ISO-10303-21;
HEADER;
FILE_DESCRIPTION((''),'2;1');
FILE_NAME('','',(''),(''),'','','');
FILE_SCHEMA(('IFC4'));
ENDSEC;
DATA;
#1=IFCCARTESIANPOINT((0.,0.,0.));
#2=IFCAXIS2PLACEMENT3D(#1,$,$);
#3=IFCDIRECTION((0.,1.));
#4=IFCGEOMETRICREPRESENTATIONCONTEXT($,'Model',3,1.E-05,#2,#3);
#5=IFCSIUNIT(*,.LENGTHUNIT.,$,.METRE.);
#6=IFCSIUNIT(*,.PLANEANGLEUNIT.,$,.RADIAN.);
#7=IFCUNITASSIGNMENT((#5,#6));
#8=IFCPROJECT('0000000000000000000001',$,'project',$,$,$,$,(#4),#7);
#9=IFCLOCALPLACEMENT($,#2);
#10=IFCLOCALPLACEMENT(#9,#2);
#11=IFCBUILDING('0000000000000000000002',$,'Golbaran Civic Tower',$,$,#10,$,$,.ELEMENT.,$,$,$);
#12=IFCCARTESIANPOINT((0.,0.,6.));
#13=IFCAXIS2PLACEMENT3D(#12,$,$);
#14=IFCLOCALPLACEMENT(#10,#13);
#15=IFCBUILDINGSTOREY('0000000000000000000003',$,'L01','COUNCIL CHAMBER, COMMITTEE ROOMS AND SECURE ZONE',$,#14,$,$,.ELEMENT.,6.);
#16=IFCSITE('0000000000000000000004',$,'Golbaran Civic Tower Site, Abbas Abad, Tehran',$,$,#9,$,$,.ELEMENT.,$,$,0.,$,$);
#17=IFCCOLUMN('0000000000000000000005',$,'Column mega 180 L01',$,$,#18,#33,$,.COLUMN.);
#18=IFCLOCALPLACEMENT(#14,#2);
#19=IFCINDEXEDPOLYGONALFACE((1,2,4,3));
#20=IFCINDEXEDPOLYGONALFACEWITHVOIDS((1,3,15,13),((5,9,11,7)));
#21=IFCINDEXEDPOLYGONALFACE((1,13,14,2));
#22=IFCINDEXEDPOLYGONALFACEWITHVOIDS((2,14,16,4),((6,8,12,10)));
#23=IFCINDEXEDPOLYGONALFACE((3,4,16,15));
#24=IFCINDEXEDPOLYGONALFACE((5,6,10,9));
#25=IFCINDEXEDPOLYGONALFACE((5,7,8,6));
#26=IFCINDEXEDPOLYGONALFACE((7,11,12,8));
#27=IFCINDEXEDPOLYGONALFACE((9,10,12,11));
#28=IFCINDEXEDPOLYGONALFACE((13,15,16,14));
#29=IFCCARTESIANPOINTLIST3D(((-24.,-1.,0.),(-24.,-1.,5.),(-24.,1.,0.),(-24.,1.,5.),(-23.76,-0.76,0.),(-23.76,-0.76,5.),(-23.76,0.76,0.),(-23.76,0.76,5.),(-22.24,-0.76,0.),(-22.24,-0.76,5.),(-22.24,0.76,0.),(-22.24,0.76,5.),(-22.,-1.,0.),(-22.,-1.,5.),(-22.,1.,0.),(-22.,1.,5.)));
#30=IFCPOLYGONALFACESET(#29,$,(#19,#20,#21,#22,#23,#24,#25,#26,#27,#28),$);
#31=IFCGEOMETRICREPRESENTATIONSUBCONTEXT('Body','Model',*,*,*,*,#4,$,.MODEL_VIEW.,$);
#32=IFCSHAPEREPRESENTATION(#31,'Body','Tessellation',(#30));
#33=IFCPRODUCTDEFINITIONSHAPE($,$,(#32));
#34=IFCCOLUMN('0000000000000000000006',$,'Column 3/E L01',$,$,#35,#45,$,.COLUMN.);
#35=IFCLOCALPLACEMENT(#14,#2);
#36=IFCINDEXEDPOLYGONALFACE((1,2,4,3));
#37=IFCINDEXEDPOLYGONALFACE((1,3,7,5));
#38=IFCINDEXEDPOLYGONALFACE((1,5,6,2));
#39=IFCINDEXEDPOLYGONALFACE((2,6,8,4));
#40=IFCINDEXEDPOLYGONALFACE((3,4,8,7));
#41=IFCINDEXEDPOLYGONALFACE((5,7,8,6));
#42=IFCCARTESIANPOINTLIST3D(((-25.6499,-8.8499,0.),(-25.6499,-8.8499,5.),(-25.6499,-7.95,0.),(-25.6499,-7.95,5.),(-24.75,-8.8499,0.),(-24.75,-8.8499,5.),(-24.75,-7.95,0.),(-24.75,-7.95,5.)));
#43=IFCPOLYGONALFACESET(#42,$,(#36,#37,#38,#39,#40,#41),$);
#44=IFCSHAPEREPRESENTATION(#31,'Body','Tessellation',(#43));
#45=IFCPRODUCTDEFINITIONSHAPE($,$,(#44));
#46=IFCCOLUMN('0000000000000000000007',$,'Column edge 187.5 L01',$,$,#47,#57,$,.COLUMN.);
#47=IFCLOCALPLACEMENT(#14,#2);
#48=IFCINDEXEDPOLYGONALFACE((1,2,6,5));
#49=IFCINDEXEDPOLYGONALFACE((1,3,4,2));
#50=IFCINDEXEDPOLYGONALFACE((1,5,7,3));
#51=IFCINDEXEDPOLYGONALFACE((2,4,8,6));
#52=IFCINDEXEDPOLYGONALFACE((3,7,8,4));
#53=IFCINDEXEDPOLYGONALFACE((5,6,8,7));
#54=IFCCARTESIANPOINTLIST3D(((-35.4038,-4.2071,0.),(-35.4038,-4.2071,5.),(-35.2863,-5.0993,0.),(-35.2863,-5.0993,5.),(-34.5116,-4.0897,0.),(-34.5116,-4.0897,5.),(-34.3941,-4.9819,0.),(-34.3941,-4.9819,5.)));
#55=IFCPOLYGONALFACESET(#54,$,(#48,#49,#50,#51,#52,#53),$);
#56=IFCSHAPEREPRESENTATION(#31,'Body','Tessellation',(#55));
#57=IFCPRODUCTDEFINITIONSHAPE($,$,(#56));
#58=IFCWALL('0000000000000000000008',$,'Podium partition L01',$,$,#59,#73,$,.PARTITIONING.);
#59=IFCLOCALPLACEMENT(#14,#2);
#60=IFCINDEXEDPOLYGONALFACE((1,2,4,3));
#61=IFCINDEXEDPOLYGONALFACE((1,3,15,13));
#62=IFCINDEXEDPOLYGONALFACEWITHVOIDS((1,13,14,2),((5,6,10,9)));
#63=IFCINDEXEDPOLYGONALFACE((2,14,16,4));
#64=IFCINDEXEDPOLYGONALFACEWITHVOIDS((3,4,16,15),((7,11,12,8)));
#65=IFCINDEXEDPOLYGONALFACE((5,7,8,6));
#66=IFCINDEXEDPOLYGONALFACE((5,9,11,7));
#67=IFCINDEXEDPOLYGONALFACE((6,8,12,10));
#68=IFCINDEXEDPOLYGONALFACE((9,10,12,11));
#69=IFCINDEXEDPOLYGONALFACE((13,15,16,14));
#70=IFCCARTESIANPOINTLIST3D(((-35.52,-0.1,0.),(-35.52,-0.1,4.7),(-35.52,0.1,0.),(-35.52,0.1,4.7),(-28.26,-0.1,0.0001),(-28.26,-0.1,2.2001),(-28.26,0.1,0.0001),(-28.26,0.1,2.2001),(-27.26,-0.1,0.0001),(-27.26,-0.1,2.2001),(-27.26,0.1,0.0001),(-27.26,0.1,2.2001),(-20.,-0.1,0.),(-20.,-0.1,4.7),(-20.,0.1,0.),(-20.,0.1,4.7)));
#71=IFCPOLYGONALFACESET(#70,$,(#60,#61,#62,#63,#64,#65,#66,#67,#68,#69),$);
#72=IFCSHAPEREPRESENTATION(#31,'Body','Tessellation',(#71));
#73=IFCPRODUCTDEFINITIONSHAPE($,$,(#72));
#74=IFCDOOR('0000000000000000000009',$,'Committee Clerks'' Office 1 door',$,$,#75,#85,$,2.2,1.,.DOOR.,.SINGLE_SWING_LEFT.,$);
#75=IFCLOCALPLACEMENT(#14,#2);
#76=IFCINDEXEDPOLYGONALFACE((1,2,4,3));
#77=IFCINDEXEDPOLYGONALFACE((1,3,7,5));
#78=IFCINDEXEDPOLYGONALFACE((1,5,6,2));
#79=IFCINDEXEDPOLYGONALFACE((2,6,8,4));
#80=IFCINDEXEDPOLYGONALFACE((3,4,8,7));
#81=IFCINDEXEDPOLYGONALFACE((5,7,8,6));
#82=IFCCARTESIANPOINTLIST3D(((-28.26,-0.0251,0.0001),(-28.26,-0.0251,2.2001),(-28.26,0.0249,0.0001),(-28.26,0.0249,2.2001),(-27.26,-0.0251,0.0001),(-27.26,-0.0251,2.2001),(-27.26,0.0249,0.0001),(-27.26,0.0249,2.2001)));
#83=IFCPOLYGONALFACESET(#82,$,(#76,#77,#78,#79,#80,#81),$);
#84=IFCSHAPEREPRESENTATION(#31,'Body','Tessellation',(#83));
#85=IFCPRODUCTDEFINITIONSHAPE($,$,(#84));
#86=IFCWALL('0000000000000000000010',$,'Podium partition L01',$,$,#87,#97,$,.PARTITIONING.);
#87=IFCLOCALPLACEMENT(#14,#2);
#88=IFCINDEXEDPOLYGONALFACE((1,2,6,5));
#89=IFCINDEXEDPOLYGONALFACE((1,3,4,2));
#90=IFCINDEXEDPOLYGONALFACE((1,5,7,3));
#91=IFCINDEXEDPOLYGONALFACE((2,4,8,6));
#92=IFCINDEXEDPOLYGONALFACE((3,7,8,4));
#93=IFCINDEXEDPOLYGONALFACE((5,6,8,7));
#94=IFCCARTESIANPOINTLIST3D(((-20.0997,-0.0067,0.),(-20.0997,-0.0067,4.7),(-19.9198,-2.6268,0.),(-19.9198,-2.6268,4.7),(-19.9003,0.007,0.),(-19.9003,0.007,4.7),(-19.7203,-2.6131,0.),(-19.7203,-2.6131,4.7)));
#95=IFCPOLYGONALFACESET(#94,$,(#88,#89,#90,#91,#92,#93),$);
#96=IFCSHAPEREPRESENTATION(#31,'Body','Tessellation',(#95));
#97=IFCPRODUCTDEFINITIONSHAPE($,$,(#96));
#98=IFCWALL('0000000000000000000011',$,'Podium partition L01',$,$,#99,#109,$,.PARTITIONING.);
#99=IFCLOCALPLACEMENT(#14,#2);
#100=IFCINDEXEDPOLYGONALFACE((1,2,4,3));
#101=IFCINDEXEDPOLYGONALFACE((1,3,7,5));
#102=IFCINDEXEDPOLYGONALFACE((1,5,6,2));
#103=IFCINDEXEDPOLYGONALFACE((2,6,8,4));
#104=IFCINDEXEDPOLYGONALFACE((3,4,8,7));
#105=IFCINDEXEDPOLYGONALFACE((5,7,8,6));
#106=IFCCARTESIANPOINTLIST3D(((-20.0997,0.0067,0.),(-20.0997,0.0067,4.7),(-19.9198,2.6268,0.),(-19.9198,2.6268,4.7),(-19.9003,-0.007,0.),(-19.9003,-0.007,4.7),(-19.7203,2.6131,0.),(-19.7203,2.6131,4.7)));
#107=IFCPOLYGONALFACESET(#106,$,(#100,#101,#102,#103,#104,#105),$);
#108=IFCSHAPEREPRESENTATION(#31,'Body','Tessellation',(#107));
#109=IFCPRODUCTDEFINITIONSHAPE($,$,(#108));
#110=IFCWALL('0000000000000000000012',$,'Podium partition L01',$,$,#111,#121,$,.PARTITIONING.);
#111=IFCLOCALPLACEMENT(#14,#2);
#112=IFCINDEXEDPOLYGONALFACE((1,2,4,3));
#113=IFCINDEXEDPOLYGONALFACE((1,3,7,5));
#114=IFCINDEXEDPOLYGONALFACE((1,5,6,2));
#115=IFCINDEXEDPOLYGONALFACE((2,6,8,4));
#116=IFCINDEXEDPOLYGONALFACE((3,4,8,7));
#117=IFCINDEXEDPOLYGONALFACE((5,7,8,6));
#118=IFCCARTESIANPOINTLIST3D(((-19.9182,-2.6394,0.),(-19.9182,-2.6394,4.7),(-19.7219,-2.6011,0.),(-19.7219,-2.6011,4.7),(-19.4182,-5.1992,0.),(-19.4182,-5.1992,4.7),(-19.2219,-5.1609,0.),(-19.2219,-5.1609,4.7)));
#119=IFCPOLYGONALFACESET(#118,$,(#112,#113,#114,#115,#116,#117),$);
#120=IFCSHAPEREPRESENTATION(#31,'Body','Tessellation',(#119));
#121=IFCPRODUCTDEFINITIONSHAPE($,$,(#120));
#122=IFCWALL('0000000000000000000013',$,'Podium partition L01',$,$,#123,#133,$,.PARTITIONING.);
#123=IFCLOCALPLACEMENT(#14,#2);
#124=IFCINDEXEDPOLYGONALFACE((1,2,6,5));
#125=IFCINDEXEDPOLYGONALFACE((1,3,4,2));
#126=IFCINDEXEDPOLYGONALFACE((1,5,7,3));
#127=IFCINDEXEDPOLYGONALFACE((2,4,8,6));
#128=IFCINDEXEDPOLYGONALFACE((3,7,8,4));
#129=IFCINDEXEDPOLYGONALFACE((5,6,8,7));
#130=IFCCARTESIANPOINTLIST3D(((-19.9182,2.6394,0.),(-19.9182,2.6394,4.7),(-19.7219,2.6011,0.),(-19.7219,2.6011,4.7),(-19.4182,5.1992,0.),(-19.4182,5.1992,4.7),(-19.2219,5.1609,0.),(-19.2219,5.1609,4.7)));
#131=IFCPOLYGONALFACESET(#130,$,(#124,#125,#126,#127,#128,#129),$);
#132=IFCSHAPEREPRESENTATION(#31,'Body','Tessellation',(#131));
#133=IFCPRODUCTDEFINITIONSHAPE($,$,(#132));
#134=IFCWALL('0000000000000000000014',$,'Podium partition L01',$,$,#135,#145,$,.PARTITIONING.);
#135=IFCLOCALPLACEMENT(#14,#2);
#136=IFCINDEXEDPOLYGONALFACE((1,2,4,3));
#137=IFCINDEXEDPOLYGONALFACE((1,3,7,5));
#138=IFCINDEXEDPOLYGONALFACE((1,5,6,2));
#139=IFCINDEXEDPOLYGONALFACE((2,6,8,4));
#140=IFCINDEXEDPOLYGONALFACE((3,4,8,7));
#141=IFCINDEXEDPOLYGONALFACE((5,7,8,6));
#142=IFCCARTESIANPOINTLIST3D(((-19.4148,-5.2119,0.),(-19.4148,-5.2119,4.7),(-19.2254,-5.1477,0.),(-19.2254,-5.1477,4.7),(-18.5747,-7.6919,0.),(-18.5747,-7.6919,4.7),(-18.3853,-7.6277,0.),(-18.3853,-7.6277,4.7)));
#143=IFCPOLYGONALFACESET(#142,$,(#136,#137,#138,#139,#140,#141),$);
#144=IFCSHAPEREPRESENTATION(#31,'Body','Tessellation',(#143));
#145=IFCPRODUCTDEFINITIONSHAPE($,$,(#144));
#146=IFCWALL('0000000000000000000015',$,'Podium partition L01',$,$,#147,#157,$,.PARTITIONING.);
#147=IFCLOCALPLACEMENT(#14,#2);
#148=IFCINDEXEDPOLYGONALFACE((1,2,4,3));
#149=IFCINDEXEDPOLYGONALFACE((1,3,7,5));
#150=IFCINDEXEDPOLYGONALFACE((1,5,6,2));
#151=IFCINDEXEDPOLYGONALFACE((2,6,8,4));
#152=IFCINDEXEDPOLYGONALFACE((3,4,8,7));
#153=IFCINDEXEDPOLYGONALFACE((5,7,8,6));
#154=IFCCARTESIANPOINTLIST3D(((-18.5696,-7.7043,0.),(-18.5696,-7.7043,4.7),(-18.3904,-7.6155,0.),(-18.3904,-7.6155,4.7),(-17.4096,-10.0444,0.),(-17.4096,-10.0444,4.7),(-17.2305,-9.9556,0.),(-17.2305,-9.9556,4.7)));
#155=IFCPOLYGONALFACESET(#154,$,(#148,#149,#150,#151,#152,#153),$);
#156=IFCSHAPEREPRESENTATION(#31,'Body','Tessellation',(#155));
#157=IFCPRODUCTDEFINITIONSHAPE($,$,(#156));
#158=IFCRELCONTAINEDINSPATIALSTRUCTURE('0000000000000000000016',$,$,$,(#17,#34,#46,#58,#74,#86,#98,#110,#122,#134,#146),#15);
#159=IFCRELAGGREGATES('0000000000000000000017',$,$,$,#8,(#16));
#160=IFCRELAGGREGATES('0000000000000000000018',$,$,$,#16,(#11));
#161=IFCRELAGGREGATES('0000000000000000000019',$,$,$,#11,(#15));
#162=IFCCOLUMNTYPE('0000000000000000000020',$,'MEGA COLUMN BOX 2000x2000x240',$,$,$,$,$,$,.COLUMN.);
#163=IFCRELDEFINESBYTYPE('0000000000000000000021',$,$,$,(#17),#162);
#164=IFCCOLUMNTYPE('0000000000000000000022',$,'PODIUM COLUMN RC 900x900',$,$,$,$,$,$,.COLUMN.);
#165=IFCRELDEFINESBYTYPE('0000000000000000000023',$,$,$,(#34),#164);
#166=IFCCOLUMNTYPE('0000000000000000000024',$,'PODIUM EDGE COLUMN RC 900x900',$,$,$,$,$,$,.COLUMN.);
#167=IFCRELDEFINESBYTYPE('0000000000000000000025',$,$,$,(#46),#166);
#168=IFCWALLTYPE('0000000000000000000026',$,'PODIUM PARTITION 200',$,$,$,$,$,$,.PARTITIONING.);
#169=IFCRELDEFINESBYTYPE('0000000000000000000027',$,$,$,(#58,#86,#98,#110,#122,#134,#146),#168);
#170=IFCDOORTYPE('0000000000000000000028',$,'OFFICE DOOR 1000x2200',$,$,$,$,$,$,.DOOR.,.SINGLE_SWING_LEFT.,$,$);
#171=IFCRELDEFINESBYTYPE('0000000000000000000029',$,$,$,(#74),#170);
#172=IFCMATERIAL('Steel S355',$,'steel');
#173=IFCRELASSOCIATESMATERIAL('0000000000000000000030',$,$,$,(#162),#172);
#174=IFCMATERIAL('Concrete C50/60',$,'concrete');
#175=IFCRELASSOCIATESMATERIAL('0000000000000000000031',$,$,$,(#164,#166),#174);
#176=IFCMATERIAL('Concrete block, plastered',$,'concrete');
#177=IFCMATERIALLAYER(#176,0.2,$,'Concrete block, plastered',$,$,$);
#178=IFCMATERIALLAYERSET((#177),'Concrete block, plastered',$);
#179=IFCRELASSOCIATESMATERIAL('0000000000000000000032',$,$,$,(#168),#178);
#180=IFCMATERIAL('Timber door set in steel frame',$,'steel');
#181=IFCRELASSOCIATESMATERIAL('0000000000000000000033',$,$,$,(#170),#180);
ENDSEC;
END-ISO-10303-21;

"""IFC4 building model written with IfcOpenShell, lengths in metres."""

from ifc_helpers import new_model, si_unit, direction, frame, frame_2d, origin, origin_2d, place, context, subcontext, project, spatial, rectangle, hollow_rectangle, extrude, material, layer, layer_set, material_profile, profile_set, type_object, element, fill, save


model = new_model("IFC4")

# Units and contexts
model_context = context("Model", 3, precision=1e-05, world=origin(), true_north=direction((0.0, 1.0)))
body_context = subcontext(model_context, "Body", "Model", "MODEL_VIEW")
ifc_project = project(units=[si_unit("LENGTHUNIT", "METRE"), si_unit("PLANEANGLEUNIT", "RADIAN")], contexts=[model_context])

# Site, building, storey
site_placement = place(None, origin())
site = spatial("IfcSite", under=ifc_project, at=site_placement, Name="Golbaran Civic Tower Site, Abbas Abad, Tehran", CompositionType="ELEMENT", RefElevation=0.0)
building_placement = place(site_placement, origin())
building = spatial("IfcBuilding", under=site, at=building_placement, Name="Golbaran Civic Tower", CompositionType="ELEMENT")
storey_placement = place(building_placement, frame((0.0, 0.0, 6.0)))
storey = spatial("IfcBuildingStorey", under=building, at=storey_placement, Name="L01", Description="COUNCIL CHAMBER, COMMITTEE ROOMS AND SECURE ZONE", CompositionType="ELEMENT", Elevation=6.0)

# Columns
ifc_material_1 = material(Name="Steel S355", Category="steel")
ifc_material_profile_1 = material_profile(ifc_material_1, hollow_rectangle(XDim=2.0, YDim=2.0, WallThickness=0.24, at=origin_2d()), Name="BOX 2000x2000x240")
ifc_profile_set_1 = profile_set([ifc_material_profile_1], Name="Steel S355")
column_type_1 = type_object("IfcColumnType", Name="MEGA COLUMN BOX 2000x2000x240", PredefinedType="COLUMN", material=ifc_profile_set_1)
column_1_placement = place(storey_placement, frame((-23.0, 0.0, 0.0), z_axis=(0.0, 0.0, 1.0), x_axis=(-1.0, 0.0, 0.0)))
element("IfcColumn", 1, at=column_1_placement, inside=storey, type_object=column_type_1, Name="Column mega 180 L01", PredefinedType="COLUMN", context=body_context, shape_type="SweptSolid", body=[
    extrude(hollow_rectangle(XDim=2.0, YDim=2.0, WallThickness=0.24, at=origin_2d()), origin(), (0.0, 0.0, 1.0), 5.0),
])
ifc_material_2 = material(Name="Concrete C50/60", Category="concrete")
ifc_material_profile_2 = material_profile(ifc_material_2, rectangle(XDim=0.8999, YDim=0.8999, at=origin_2d()), Name="RC 900x900")
ifc_profile_set_2 = profile_set([ifc_material_profile_2], Name="Concrete C50/60")
column_type_2 = type_object("IfcColumnType", Name="PODIUM COLUMN RC 900x900", PredefinedType="COLUMN", material=ifc_profile_set_2)
column_2_placement = place(storey_placement, frame((-25.2, -8.3999, 0.0), z_axis=(0.0, 0.0, 1.0), x_axis=(1.0, 0.0, 0.0)))
element("IfcColumn", 2, at=column_2_placement, inside=storey, type_object=column_type_2, Name="Column 3/E L01", PredefinedType="COLUMN", context=body_context, shape_type="SweptSolid", body=[
    extrude(rectangle(XDim=0.8999, YDim=0.8999, at=origin_2d()), origin(), (0.0, 0.0, 1.0), 5.0),
])
ifc_material_profile_3 = material_profile(ifc_material_2, rectangle(XDim=0.8999, YDim=0.8999, at=origin_2d()), Name="RC 900x900")
ifc_profile_set_3 = profile_set([ifc_material_profile_3], Name="Concrete C50/60")
column_type_3 = type_object("IfcColumnType", Name="PODIUM EDGE COLUMN RC 900x900", PredefinedType="COLUMN", material=ifc_profile_set_3)
column_3_placement = place(storey_placement, frame((-34.8989, -4.5945, 0.0), z_axis=(0.0, 0.0, 1.0), x_axis=(-0.991445, -0.130526, 0.0)))
element("IfcColumn", 3, at=column_3_placement, inside=storey, type_object=column_type_3, Name="Column edge 187.5 L01", PredefinedType="COLUMN", context=body_context, shape_type="SweptSolid", body=[
    extrude(rectangle(XDim=0.8999, YDim=0.8999, at=origin_2d()), origin(), (0.0, 0.0, 1.0), 5.0),
])

# Wall, opening, door
ifc_material_3 = material(Name="Concrete block, plastered", Category="concrete")
ifc_layer_1 = layer(ifc_material_3, 0.2, Name="Concrete block, plastered")
ifc_layer_set_1 = layer_set([ifc_layer_1], Name="Concrete block, plastered")
wall_type_1 = type_object("IfcWallType", Name="PODIUM PARTITION 200", PredefinedType="PARTITIONING", material=ifc_layer_set_1)
wall_1_placement = place(storey_placement, frame((-35.52, 0.0, 0.0), z_axis=(0.0, 0.0, 1.0), x_axis=(1.0, 0.0, 0.0)))
wall_1 = element("IfcWall", 4, at=wall_1_placement, inside=storey, type_object=wall_type_1, Name="Podium partition L01", PredefinedType="PARTITIONING", context=body_context, shape_type="SweptSolid", body=[
    extrude(rectangle(XDim=15.52, YDim=0.2, at=frame_2d((7.76, 0.0))), origin(), (0.0, 0.0, 1.0), 4.7),
])
opening_1_placement = place(wall_1_placement, frame((7.26, 0.0, 0.0)))
opening_1 = element("IfcOpeningElement", 5, at=opening_1_placement, cuts=wall_1, PredefinedType="OPENING", context=body_context, shape_type="SweptSolid", body=[
    extrude(rectangle(XDim=1.0, YDim=2.2, at=frame_2d((0.5, 1.1001))), frame((0.0, 0.1099, 0.0), z_axis=(0.0, -1.0, 0.0), x_axis=(1.0, 0.0, 0.0)), (0.0, 0.0, 1.0), 0.22),
])
ifc_material_4 = material(Name="Timber door set in steel frame", Category="steel")
door_type_1 = type_object("IfcDoorType", Name="OFFICE DOOR 1000x2200", OperationType="SINGLE_SWING_LEFT", PredefinedType="DOOR", material=ifc_material_4)
door_1_placement = place(opening_1_placement, origin())
door_1 = element("IfcDoor", 6, at=door_1_placement, inside=storey, type_object=door_type_1, Name="Committee Clerks' Office 1 door", OperationType="SINGLE_SWING_LEFT", OverallHeight=2.2, OverallWidth=1.0, PredefinedType="DOOR", context=body_context, shape_type="SweptSolid", body=[
    extrude(rectangle(XDim=1.0, YDim=2.2, at=frame_2d((0.5, 1.1001))), frame((0.0, 0.0249, 0.0), z_axis=(0.0, -1.0, 0.0), x_axis=(1.0, 0.0, 0.0)), (0.0, 0.0, 1.0), 0.05),
])
fill(opening_1, door_1)

# Walls
for number, where, z_axis, x_axis, name in (
    (7, (-20.0, 0.0, 0.0), (0.0, 0.0, 1.0), (0.068512, -0.99765, 0.0), "Podium partition L01"),
    (8, (-20.0, 0.0, 0.0), (0.0, 0.0, 1.0), (0.068512, 0.99765, 0.0), "Podium partition L01"),
):
    element("IfcWall", number, at=place(storey_placement, frame(where, z_axis=z_axis, x_axis=x_axis)), inside=storey, type_object=wall_type_1, Name=name, PredefinedType="PARTITIONING", context=body_context, shape_type="SweptSolid", body=[
        extrude(rectangle(XDim=2.6262, YDim=0.2, at=frame_2d((1.313, 0.0))), origin(), (0.0, 0.0, 1.0), 4.7),
    ])
for number, where, z_axis, x_axis, name in (
    (9, (-19.8201, -2.6201, 0.0), (0.0, 0.0, 1.0), (0.191704, -0.981453, 0.0), "Podium partition L01"),
    (10, (-19.8201, 2.6201, 0.0), (0.0, 0.0, 1.0), (0.191704, 0.981453, 0.0), "Podium partition L01"),
):
    element("IfcWall", number, at=place(storey_placement, frame(where, z_axis=z_axis, x_axis=x_axis)), inside=storey, type_object=wall_type_1, Name=name, PredefinedType="PARTITIONING", context=body_context, shape_type="SweptSolid", body=[
        extrude(rectangle(XDim=2.6082, YDim=0.2, at=frame_2d((1.3042, 0.0))), origin(), (0.0, 0.0, 1.0), 4.7),
    ])
wall_2_placement = place(storey_placement, frame((-19.3201, -5.1799, 0.0), z_axis=(0.0, 0.0, 1.0), x_axis=(0.320839, -0.947134, 0.0)))
element("IfcWall", 11, at=wall_2_placement, inside=storey, type_object=wall_type_1, Name="Podium partition L01", PredefinedType="PARTITIONING", context=body_context, shape_type="SweptSolid", body=[
    extrude(rectangle(XDim=2.6184, YDim=0.2, at=frame_2d((1.3091, 0.0))), origin(), (0.0, 0.0, 1.0), 4.7),
])
wall_3_placement = place(storey_placement, frame((-18.48, -7.6599, 0.0), z_axis=(0.0, 0.0, 1.0), x_axis=(0.444107, -0.895974, 0.0)))
element("IfcWall", 12, at=wall_3_placement, inside=storey, type_object=wall_type_1, Name="Podium partition L01", PredefinedType="PARTITIONING", context=body_context, shape_type="SweptSolid", body=[
    extrude(rectangle(XDim=2.6118, YDim=0.2, at=frame_2d((1.3059, 0.0))), origin(), (0.0, 0.0, 1.0), 4.7),
])

save(model, "model.ifc")
